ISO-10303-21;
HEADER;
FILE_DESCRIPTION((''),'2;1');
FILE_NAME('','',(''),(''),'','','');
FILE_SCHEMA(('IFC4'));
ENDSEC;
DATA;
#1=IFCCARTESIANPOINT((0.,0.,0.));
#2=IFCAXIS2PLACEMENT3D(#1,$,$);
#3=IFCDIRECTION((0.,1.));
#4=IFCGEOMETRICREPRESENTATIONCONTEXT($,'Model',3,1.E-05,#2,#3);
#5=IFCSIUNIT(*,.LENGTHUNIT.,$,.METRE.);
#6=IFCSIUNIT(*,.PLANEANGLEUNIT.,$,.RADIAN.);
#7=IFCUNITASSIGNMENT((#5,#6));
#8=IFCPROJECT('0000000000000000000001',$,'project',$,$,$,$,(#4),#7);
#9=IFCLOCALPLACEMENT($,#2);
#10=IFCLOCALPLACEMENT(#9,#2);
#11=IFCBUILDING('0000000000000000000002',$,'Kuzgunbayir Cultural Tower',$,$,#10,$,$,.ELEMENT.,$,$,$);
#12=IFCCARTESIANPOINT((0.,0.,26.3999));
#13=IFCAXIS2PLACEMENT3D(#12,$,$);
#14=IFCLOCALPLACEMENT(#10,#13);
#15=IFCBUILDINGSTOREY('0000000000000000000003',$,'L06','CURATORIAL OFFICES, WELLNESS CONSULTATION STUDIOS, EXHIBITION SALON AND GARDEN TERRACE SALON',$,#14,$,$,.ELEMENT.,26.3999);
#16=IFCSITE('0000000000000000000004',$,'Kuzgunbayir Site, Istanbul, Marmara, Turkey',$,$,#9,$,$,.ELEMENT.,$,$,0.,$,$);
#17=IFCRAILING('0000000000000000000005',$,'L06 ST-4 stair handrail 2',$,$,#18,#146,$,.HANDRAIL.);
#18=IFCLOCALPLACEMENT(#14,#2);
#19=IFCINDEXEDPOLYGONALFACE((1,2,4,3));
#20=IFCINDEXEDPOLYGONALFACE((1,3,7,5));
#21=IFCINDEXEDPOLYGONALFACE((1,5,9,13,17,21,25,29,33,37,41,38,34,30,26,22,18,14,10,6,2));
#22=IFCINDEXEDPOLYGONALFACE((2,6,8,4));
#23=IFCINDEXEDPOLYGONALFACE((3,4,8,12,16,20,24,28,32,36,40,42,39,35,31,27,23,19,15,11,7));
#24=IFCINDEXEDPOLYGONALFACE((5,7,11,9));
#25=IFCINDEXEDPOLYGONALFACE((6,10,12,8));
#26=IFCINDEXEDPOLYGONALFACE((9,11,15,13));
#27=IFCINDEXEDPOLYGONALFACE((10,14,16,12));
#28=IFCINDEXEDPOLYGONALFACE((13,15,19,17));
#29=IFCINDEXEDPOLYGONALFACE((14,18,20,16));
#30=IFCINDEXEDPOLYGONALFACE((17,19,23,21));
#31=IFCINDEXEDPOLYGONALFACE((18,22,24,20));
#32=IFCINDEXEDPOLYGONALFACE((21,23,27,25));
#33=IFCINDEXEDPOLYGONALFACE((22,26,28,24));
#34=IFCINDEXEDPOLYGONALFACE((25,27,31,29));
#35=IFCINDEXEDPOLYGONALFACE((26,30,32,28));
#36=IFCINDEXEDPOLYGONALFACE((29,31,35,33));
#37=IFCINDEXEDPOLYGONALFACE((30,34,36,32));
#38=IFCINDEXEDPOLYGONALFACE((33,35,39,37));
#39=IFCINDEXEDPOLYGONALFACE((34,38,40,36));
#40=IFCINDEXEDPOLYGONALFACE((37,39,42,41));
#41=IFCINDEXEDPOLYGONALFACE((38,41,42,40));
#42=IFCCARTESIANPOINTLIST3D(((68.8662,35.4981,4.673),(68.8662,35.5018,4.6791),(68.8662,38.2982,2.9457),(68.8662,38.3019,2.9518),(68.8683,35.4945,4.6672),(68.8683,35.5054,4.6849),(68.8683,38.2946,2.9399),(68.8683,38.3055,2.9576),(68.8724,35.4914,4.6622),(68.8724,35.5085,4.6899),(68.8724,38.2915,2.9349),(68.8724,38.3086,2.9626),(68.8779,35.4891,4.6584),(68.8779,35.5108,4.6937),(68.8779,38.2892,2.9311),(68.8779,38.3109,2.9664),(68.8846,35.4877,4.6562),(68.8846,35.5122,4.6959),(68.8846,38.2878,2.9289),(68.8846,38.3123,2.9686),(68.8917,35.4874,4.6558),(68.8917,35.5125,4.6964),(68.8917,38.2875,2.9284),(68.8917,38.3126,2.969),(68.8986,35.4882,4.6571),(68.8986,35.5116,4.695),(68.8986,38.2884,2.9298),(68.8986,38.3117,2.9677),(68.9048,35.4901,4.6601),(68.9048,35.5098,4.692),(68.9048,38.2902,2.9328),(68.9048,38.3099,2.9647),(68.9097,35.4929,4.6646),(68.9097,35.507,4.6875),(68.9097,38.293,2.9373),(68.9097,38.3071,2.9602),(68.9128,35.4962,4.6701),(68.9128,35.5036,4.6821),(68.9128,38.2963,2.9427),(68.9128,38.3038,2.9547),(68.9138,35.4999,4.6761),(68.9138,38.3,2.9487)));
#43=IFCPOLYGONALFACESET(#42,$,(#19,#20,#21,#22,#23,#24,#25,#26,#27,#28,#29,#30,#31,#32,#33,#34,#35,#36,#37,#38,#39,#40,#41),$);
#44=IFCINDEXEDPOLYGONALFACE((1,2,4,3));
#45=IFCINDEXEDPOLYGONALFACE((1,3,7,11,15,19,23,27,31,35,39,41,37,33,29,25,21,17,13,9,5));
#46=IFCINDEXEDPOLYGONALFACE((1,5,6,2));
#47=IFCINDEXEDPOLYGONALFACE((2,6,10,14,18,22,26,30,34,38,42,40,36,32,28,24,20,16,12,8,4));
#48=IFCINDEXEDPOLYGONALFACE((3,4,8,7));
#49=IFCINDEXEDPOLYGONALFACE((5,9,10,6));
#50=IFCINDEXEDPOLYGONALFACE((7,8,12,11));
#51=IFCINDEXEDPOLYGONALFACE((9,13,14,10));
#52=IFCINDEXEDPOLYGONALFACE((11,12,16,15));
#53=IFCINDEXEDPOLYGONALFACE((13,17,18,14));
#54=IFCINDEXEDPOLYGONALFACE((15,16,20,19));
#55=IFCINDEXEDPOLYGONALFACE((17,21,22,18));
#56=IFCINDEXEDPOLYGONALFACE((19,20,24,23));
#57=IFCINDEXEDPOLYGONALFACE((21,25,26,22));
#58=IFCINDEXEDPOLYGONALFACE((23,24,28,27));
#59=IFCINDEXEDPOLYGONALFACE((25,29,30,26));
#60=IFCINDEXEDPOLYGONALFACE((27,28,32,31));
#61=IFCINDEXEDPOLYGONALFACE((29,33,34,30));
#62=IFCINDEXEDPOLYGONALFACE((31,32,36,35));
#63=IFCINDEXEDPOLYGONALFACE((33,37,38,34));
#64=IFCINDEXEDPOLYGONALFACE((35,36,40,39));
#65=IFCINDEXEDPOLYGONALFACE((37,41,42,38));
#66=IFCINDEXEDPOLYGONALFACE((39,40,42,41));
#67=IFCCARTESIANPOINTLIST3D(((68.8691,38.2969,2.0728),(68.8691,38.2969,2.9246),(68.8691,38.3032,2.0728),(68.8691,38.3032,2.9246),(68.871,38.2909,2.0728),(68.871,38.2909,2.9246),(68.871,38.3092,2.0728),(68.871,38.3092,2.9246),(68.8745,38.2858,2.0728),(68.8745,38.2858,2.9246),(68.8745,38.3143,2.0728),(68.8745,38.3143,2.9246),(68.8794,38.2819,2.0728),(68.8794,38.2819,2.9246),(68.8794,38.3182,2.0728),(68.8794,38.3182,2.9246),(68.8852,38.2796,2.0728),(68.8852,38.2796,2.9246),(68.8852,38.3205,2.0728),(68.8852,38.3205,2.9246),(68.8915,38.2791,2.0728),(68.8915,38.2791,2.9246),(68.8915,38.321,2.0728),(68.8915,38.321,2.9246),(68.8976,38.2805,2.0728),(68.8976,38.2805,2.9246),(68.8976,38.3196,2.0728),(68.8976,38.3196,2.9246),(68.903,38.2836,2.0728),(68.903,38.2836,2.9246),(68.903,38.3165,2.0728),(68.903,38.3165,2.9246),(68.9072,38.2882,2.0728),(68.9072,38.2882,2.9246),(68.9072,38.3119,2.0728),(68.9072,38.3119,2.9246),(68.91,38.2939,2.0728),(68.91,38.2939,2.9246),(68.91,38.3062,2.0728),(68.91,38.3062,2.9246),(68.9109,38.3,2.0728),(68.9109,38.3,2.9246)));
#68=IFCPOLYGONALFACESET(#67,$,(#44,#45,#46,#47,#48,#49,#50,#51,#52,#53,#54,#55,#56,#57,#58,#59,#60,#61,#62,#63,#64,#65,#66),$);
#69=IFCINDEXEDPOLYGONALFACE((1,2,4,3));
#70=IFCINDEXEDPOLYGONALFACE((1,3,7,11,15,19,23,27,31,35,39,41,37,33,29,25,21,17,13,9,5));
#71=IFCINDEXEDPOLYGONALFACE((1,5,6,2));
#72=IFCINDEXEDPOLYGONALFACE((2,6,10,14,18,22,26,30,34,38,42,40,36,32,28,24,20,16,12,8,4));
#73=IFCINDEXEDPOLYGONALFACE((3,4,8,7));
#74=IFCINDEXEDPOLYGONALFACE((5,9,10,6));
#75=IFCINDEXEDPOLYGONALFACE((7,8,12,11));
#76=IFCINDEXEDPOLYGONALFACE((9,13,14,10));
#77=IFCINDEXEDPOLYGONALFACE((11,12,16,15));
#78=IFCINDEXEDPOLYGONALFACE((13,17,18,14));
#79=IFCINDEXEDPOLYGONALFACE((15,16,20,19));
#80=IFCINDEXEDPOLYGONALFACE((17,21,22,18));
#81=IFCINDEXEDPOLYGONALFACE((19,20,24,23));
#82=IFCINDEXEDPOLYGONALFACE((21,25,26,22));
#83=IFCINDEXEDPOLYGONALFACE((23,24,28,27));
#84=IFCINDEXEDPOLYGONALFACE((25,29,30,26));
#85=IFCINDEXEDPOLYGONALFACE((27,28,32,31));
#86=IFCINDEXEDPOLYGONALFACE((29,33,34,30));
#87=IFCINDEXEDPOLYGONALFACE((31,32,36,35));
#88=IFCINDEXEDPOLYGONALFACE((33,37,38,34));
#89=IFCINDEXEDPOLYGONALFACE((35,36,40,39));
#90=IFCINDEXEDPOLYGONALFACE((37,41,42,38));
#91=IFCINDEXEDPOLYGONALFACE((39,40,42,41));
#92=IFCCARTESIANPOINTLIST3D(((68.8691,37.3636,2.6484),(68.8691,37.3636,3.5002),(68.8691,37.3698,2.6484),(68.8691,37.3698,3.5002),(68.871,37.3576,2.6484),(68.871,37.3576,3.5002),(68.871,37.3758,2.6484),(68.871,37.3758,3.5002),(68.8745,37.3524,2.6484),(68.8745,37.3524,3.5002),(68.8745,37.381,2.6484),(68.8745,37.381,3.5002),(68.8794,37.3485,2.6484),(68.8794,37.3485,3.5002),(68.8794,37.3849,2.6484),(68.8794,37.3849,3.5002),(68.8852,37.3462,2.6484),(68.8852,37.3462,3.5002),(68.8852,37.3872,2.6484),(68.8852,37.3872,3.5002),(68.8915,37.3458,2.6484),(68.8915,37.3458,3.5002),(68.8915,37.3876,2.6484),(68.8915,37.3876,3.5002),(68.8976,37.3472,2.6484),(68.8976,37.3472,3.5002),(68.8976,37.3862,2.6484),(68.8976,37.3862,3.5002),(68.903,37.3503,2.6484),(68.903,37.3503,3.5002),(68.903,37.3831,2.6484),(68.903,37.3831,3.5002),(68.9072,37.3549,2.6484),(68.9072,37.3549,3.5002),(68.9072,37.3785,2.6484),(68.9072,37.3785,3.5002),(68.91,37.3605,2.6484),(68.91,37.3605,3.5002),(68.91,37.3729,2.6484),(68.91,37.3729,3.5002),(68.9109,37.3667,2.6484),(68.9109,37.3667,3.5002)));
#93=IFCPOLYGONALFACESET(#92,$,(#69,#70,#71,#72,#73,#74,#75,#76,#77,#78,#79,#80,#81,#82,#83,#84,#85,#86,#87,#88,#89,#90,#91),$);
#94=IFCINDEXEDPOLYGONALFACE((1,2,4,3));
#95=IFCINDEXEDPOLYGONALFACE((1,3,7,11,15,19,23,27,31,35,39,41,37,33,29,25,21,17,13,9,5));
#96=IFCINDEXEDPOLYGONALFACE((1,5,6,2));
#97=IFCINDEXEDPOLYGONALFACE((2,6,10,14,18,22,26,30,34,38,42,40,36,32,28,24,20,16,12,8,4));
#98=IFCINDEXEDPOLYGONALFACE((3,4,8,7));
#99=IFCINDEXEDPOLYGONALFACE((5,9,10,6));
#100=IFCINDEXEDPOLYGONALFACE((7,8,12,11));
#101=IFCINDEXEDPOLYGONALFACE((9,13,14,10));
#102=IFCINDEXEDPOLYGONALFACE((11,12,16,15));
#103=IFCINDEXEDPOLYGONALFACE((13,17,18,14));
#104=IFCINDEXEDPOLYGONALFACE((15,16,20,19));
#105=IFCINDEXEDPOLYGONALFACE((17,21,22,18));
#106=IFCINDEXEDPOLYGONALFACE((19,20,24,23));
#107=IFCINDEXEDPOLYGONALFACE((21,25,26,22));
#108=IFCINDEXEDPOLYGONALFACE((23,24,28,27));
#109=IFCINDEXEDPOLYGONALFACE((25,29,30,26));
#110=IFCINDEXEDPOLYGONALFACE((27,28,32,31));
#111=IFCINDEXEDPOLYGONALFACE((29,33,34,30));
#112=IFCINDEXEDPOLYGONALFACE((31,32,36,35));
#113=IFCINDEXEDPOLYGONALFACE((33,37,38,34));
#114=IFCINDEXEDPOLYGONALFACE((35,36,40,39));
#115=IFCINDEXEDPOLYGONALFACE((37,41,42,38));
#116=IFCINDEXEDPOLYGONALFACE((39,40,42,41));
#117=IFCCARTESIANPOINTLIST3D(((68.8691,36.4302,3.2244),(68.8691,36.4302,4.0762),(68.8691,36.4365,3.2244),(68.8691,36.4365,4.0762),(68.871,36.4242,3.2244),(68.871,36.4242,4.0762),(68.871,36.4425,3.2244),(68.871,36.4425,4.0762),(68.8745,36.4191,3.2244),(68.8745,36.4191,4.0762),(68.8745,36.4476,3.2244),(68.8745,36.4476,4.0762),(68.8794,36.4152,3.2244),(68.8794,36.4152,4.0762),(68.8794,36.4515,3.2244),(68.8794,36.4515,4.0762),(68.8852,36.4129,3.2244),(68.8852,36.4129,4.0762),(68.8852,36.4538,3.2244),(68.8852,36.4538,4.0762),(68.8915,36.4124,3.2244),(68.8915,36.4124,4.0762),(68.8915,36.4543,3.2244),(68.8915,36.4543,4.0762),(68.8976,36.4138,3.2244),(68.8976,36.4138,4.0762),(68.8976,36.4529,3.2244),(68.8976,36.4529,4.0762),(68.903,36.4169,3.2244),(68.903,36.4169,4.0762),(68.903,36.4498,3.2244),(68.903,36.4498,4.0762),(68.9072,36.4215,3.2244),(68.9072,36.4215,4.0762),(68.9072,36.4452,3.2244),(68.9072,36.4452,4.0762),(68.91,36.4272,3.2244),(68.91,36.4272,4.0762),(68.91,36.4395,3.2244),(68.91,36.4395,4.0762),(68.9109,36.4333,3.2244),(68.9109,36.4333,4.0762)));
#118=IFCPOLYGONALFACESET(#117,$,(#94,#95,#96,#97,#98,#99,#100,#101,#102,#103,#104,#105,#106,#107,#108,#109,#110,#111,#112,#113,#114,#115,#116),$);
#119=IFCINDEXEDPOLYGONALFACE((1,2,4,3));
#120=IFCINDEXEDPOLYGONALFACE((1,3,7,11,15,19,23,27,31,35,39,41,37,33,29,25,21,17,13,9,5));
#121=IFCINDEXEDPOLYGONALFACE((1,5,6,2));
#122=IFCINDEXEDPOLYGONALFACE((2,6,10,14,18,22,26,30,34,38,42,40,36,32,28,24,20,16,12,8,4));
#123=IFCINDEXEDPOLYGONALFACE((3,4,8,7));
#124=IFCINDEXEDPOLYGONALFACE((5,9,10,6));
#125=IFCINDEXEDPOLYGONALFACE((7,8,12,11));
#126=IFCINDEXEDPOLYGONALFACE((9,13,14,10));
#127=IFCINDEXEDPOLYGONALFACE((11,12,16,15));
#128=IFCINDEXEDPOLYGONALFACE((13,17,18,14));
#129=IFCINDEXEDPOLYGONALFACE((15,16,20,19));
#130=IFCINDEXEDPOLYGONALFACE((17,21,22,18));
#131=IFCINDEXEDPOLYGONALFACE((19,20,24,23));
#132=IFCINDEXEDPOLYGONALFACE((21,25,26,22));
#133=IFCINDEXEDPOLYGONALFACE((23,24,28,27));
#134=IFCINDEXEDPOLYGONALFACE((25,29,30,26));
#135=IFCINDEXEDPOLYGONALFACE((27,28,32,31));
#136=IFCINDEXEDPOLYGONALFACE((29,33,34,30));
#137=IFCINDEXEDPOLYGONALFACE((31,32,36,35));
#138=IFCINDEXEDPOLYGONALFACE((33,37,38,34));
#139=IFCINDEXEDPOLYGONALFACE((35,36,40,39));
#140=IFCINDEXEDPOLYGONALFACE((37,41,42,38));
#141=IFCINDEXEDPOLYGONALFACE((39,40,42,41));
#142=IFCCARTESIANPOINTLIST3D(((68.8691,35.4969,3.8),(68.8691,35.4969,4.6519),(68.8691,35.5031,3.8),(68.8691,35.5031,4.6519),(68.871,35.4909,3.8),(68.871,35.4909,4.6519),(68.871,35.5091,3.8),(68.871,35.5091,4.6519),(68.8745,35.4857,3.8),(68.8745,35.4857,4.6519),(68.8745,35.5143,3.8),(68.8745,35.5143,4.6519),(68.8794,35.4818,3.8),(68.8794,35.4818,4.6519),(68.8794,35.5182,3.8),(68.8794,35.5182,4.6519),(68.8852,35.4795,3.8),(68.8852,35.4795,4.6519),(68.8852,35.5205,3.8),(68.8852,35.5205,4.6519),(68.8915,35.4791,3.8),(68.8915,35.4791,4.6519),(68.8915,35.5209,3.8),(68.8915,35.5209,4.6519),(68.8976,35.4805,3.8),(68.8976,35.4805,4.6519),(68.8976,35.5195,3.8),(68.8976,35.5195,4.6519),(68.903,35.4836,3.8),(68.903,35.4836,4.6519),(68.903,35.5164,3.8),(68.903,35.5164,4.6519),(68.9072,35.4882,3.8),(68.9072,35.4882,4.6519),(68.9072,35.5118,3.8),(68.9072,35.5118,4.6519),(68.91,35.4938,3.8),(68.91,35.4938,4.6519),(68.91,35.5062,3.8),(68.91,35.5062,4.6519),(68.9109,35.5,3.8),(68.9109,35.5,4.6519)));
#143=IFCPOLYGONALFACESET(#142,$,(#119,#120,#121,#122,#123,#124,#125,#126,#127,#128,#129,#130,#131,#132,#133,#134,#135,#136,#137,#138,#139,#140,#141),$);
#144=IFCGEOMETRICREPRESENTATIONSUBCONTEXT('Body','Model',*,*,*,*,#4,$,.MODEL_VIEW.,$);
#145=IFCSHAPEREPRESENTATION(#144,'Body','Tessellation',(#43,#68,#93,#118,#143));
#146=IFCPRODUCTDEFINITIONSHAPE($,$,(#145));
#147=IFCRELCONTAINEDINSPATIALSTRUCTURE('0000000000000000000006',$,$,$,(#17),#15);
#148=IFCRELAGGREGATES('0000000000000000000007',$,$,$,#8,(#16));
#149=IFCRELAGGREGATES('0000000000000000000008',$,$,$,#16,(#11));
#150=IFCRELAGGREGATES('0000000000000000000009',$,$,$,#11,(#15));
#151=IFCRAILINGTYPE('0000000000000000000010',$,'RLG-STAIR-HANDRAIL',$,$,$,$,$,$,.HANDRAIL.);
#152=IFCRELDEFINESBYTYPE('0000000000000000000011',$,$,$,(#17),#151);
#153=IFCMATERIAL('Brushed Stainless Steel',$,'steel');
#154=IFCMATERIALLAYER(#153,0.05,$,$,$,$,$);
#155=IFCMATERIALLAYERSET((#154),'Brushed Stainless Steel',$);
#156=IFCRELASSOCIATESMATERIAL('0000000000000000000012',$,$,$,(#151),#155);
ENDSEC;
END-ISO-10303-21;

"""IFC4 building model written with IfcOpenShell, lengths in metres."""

from ifc_helpers import new_model, si_unit, direction, frame, origin, origin_2d, place, context, subcontext, project, spatial, circle, extrude, material, layer, layer_set, type_object, element, save


model = new_model("IFC4")

# Units and contexts
model_context = context("Model", 3, precision=1e-05, world=origin(), true_north=direction((0.0, 1.0)))
body_context = subcontext(model_context, "Body", "Model", "MODEL_VIEW")
ifc_project = project(units=[si_unit("LENGTHUNIT", "METRE"), si_unit("PLANEANGLEUNIT", "RADIAN")], contexts=[model_context])

# Site, building, storey
site_placement = place(None, origin())
site = spatial("IfcSite", under=ifc_project, at=site_placement, Name="Kuzgunbayir Site, Istanbul, Marmara, Turkey", CompositionType="ELEMENT", RefElevation=0.0)
building_placement = place(site_placement, origin())
building = spatial("IfcBuilding", under=site, at=building_placement, Name="Kuzgunbayir Cultural Tower", CompositionType="ELEMENT")
storey_placement = place(building_placement, frame((0.0, 0.0, 26.3999)))
storey = spatial("IfcBuildingStorey", under=building, at=storey_placement, Name="L06", Description="CURATORIAL OFFICES, WELLNESS CONSULTATION STUDIOS, EXHIBITION SALON AND GARDEN TERRACE SALON", CompositionType="ELEMENT", Elevation=26.3999)

# Shared definitions
ifc_material_1 = material(Name="Brushed Stainless Steel", Category="steel")

# Railing
ifc_layer_1 = layer(ifc_material_1, 0.05)
ifc_layer_set_1 = layer_set([ifc_layer_1], Name="Brushed Stainless Steel")
railing_type_1 = type_object("IfcRailingType", Name="RLG-STAIR-HANDRAIL", PredefinedType="HANDRAIL", material=ifc_layer_set_1)
railing_1_placement = place(storey_placement, frame((68.8899, 38.3, 2.0728)))
element("IfcRailing", 1, at=railing_1_placement, inside=storey, type_object=railing_type_1, Name="L06 ST-4 stair handrail 2", PredefinedType="HANDRAIL", context=body_context, shape_type="SweptSolid", body=[
    extrude(circle(Radius=0.0239, at=origin_2d()), frame((0.0, 0.0, 0.876), z_axis=(0.0, -0.85109, 0.52502), x_axis=(1.0, 0.0, 0.0)), (0.0, 0.0, 1.0), 3.29),
    extrude(circle(Radius=0.021, at=origin_2d()), origin(), (0.0, 0.0, 1.0), 0.8518),
    extrude(circle(Radius=0.021, at=origin_2d()), frame((0.0, -0.9333, 0.5757)), (0.0, 0.0, 1.0), 0.8518),
    extrude(circle(Radius=0.021, at=origin_2d()), frame((0.0, -1.8667, 1.1516)), (0.0, 0.0, 1.0), 0.8518),
    extrude(circle(Radius=0.021, at=origin_2d()), frame((0.0, -2.8, 1.7273)), (0.0, 0.0, 1.0), 0.8518),
])

save(model, "model.ifc")
